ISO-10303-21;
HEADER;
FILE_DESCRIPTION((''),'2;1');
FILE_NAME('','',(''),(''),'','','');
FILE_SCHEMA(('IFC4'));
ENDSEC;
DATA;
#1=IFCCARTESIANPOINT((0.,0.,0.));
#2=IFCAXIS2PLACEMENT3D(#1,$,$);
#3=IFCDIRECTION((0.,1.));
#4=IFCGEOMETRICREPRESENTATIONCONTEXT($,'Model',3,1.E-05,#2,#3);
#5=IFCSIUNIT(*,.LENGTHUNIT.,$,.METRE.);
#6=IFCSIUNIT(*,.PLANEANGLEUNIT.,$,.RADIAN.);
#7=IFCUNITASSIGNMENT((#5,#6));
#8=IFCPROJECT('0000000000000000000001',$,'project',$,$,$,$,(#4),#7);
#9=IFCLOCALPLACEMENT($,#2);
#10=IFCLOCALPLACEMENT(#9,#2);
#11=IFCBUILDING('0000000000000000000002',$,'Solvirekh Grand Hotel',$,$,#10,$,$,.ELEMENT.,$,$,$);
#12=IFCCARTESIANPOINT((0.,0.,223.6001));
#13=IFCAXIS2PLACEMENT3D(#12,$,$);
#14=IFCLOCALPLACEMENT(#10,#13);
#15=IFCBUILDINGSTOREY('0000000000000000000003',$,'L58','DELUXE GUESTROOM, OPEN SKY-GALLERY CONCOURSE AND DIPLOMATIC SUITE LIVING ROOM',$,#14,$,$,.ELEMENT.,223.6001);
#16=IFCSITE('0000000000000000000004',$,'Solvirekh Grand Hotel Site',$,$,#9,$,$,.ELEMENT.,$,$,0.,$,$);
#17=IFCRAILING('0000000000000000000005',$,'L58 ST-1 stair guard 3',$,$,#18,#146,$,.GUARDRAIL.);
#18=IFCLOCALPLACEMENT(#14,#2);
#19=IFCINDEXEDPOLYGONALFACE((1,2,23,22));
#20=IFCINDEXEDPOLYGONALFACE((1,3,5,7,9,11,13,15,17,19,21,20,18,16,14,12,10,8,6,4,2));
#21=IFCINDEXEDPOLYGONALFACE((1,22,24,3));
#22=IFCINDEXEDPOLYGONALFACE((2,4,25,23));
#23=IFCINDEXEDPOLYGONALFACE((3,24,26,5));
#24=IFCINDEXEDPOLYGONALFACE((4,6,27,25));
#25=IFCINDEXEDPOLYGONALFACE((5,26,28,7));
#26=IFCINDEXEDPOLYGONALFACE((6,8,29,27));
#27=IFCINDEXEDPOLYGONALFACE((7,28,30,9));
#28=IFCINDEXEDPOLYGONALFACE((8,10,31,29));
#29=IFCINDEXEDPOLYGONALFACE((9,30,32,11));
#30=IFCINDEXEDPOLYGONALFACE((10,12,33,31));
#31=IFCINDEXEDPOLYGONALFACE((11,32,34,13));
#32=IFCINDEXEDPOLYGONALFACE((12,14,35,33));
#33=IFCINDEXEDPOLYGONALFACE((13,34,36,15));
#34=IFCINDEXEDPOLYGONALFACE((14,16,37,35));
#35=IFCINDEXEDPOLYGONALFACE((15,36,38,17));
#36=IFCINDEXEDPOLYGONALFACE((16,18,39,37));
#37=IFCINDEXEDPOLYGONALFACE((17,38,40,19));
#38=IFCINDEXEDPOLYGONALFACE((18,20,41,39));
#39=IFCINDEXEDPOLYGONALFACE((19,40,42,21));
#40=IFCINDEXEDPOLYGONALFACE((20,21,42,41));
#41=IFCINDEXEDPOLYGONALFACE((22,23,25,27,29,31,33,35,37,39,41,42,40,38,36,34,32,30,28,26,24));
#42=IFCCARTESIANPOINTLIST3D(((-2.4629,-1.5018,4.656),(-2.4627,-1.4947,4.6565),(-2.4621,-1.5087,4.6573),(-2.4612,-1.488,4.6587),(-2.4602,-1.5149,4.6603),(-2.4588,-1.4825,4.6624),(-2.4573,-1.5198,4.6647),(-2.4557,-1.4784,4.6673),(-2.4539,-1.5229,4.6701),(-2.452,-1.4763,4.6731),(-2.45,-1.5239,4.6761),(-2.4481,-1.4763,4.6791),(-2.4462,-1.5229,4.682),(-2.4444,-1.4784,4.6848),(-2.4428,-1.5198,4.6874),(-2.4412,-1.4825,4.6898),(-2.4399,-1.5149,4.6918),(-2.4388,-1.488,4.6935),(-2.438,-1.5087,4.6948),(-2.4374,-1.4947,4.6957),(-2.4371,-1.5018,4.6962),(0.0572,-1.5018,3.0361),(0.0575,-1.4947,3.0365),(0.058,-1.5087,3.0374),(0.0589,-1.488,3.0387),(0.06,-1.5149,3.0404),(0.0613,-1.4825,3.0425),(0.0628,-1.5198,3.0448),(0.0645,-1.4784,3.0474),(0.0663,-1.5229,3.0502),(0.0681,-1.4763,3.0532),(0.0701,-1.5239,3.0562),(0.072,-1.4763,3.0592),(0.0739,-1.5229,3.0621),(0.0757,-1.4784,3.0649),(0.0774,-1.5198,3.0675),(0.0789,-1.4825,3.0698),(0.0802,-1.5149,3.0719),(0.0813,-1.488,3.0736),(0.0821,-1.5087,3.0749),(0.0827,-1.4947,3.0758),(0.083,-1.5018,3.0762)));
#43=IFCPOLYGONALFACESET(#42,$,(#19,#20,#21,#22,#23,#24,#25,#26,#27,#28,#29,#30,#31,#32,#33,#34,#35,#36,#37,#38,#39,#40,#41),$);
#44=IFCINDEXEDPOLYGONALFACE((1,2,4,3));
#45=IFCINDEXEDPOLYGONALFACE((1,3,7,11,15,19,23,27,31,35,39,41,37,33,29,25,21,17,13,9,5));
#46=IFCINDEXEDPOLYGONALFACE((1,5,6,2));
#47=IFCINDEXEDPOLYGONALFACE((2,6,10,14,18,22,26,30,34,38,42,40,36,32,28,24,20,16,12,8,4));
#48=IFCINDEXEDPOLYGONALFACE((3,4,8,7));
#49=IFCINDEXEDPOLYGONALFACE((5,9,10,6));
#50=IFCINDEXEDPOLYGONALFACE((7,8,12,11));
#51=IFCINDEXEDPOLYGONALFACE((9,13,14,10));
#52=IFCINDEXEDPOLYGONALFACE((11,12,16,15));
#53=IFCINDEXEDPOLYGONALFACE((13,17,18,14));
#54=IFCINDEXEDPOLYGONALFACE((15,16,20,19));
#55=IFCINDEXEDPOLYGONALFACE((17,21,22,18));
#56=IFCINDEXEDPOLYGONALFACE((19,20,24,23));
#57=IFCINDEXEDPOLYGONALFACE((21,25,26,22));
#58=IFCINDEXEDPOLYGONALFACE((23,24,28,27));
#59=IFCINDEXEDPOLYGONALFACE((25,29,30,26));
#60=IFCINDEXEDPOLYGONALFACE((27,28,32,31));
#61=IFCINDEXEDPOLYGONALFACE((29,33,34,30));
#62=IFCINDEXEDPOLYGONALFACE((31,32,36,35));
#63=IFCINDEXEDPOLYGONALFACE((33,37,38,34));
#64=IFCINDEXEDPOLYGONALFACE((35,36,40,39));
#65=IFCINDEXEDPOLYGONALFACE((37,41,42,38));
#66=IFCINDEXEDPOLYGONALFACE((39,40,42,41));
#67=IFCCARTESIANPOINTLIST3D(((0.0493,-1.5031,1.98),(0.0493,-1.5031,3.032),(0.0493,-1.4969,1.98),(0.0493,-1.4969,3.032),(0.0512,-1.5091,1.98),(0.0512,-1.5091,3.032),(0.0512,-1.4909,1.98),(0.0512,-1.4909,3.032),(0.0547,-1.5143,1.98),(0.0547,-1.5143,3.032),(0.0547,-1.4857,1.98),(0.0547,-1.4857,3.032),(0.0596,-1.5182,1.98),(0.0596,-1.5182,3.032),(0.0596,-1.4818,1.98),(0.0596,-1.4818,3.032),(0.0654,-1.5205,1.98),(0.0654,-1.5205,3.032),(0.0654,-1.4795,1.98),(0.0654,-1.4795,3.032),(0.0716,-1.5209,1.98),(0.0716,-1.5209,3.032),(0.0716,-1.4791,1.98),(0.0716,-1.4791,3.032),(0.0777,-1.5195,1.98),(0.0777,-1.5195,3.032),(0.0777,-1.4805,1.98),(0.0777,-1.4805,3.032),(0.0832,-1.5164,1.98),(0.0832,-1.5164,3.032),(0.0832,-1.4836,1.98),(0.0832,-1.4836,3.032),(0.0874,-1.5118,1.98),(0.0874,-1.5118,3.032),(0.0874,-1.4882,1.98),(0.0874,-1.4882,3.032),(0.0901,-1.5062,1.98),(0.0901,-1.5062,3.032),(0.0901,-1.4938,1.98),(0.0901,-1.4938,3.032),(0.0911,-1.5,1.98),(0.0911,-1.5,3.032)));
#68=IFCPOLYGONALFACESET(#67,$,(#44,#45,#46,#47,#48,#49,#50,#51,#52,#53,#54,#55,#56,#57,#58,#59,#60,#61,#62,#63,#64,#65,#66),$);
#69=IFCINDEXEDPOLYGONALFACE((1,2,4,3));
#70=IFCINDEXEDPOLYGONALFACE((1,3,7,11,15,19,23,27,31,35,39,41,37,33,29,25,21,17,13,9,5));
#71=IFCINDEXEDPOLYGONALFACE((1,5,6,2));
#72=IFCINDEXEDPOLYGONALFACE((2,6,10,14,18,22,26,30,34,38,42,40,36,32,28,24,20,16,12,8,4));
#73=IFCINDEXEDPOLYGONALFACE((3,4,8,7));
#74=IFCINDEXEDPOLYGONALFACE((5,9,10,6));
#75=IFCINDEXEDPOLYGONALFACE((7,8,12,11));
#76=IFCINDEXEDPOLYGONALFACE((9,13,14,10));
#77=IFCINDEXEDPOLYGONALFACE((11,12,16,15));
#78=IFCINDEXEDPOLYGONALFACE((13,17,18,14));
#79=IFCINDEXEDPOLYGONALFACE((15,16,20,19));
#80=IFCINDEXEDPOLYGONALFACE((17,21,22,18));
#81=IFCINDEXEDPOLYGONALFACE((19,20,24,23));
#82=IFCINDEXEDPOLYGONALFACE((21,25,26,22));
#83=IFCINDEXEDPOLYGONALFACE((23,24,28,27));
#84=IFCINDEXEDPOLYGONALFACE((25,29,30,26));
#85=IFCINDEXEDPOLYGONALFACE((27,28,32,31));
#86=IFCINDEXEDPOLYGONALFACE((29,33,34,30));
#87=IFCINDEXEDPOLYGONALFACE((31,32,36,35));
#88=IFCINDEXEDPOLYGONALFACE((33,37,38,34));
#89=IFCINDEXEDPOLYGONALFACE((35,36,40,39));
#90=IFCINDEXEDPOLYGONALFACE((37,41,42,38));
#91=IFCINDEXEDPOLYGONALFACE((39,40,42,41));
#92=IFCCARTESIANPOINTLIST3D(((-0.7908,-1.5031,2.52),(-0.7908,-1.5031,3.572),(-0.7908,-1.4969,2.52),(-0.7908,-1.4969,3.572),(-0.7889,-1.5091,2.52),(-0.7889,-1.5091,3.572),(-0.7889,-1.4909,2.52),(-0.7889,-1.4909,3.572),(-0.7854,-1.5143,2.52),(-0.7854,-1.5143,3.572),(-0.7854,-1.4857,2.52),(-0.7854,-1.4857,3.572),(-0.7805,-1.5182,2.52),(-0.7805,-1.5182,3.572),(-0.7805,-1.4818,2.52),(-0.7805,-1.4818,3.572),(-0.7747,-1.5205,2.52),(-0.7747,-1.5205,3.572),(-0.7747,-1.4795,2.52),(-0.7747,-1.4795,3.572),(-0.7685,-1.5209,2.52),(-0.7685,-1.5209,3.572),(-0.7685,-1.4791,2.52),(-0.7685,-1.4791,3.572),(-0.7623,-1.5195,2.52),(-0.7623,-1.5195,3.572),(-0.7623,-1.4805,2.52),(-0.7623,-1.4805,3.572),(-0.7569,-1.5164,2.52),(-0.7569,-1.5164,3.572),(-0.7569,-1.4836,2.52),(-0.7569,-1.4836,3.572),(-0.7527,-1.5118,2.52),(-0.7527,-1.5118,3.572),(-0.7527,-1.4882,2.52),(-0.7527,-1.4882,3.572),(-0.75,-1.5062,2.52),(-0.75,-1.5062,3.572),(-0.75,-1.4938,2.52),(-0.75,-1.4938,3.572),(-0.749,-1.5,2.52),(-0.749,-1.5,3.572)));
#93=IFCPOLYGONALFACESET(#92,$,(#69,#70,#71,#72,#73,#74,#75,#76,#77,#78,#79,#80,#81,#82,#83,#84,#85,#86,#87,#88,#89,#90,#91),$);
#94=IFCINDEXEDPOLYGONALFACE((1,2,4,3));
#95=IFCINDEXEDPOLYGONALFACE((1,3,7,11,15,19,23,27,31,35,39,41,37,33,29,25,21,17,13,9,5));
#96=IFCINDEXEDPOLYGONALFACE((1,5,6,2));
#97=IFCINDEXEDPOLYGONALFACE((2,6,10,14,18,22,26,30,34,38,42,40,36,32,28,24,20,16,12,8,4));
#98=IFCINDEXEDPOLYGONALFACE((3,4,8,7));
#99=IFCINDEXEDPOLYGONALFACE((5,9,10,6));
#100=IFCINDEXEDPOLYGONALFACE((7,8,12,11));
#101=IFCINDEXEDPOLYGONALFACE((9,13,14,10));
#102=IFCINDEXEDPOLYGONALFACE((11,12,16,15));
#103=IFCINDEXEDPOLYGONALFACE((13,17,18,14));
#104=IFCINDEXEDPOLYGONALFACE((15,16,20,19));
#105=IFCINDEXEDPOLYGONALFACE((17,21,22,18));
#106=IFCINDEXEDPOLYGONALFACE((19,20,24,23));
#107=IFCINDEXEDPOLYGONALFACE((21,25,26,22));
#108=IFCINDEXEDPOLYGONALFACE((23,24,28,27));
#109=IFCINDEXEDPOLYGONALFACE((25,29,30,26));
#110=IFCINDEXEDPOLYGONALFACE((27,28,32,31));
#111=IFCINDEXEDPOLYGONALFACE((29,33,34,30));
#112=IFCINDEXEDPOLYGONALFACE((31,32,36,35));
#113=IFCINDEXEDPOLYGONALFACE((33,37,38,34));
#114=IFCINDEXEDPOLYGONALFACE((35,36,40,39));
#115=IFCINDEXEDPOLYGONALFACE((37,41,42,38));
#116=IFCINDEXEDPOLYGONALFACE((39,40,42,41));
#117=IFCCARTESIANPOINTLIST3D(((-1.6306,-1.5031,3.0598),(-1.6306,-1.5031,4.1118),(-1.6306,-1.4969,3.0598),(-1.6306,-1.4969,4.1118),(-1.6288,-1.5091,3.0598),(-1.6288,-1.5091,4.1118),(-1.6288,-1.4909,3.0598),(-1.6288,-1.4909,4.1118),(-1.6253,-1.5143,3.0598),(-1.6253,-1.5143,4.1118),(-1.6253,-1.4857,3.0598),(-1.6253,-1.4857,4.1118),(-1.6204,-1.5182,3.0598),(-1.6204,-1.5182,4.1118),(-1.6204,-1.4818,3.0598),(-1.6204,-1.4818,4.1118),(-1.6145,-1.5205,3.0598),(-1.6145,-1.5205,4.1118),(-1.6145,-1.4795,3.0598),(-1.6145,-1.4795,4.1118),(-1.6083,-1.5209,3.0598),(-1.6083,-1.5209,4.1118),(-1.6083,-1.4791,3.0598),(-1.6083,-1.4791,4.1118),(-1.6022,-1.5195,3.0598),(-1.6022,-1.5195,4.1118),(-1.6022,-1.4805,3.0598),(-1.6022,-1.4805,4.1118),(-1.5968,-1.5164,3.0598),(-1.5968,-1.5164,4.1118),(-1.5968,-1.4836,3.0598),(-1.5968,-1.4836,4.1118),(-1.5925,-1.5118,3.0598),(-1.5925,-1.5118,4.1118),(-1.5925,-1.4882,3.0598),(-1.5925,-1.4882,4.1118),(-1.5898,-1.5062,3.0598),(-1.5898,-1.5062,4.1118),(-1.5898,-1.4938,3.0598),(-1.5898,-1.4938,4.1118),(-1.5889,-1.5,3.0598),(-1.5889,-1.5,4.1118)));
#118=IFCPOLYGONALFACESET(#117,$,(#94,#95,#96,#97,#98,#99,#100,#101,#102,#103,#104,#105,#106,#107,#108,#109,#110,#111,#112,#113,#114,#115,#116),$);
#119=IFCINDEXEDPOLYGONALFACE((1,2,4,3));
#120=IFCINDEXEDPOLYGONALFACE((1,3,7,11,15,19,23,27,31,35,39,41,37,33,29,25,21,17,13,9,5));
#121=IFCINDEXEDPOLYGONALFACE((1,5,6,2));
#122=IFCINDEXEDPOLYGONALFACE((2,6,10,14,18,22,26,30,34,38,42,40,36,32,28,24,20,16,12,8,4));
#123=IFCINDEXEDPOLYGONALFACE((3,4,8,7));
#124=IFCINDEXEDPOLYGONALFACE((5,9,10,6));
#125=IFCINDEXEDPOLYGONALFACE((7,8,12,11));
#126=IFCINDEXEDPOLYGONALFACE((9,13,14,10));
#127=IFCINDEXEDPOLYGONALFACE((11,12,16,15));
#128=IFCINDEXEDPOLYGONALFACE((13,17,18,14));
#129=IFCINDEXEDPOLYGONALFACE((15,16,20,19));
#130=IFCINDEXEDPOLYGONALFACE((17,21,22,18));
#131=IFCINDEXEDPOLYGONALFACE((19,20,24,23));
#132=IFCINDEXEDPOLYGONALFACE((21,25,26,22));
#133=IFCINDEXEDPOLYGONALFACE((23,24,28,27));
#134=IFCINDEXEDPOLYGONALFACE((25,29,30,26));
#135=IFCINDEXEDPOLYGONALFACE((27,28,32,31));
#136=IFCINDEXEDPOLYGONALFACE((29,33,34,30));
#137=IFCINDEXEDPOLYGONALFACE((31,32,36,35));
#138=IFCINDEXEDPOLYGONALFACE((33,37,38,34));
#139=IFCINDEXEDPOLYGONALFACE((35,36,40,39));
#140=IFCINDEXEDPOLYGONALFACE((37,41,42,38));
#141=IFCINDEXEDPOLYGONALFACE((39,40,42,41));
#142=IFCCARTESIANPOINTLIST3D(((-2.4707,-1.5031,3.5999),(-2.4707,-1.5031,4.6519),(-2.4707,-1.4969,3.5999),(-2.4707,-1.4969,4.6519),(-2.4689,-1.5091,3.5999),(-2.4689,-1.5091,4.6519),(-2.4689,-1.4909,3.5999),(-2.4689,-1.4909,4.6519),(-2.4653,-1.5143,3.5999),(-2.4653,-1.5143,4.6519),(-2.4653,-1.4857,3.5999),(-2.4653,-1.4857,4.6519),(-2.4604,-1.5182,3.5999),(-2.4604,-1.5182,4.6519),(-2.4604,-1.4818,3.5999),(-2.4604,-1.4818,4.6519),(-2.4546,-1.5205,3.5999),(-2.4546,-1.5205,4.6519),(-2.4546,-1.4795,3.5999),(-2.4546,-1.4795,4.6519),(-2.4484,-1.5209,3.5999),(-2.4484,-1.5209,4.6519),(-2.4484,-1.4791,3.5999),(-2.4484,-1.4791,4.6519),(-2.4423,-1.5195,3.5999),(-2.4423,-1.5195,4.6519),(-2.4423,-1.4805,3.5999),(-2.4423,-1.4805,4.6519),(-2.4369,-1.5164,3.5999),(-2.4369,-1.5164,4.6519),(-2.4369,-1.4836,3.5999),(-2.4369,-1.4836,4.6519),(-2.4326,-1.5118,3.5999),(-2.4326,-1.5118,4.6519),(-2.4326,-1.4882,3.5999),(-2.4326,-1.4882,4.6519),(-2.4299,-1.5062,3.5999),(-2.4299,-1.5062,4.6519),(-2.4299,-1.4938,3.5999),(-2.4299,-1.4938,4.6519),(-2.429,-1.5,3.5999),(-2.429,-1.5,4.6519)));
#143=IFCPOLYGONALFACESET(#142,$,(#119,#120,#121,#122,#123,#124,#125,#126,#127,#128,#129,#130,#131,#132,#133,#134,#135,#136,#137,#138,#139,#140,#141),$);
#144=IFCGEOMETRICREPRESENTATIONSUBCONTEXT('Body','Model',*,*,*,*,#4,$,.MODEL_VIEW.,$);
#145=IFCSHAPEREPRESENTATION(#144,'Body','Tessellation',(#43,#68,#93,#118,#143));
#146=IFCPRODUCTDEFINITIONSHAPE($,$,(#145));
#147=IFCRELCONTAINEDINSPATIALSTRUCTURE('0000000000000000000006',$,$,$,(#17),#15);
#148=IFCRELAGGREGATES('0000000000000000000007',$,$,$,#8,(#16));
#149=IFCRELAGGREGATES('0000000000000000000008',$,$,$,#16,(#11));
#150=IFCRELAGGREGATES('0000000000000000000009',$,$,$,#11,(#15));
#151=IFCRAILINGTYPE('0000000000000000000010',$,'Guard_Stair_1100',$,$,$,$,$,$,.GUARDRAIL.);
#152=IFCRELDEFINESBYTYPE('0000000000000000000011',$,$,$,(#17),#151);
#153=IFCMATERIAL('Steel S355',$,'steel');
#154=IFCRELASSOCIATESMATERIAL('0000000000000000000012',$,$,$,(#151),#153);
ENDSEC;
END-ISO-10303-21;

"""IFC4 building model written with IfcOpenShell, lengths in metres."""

from ifc_helpers import new_model, si_unit, direction, frame, origin, origin_2d, place, context, subcontext, project, spatial, circle, extrude, material, type_object, element, save


model = new_model("IFC4")

# Units and contexts
model_context = context("Model", 3, precision=1e-05, world=origin(), true_north=direction((0.0, 1.0)))
body_context = subcontext(model_context, "Body", "Model", "MODEL_VIEW")
ifc_project = project(units=[si_unit("LENGTHUNIT", "METRE"), si_unit("PLANEANGLEUNIT", "RADIAN")], contexts=[model_context])

# Site, building, storey
site_placement = place(None, origin())
site = spatial("IfcSite", under=ifc_project, at=site_placement, Name="Solvirekh Grand Hotel Site", CompositionType="ELEMENT", RefElevation=0.0)
building_placement = place(site_placement, origin())
building = spatial("IfcBuilding", under=site, at=building_placement, Name="Solvirekh Grand Hotel", CompositionType="ELEMENT")
storey_placement = place(building_placement, frame((0.0, 0.0, 223.6001)))
storey = spatial("IfcBuildingStorey", under=building, at=storey_placement, Name="L58", Description="DELUXE GUESTROOM, OPEN SKY-GALLERY CONCOURSE AND DIPLOMATIC SUITE LIVING ROOM", CompositionType="ELEMENT", Elevation=223.6001)

# Railing
ifc_material_1 = material(Name="Steel S355", Category="steel")
railing_type_1 = type_object("IfcRailingType", Name="Guard_Stair_1100", PredefinedType="GUARDRAIL", material=ifc_material_1)
railing_1_placement = place(storey_placement, frame((0.0701, -1.5, 1.98)))
element("IfcRailing", 1, at=railing_1_placement, inside=storey, type_object=railing_type_1, Name="L58 ST-1 stair guard 3", PredefinedType="GUARDRAIL", context=body_context, shape_type="SweptSolid", body=[
    extrude(circle(Radius=0.0239, at=origin_2d()), frame((0.0, 0.0, 1.0762), z_axis=(-0.8412, 0.0, 0.540725), x_axis=(0.0, -1.0, 0.0)), (0.0, 0.0, 1.0), 2.9958),
    extrude(circle(Radius=0.021, at=origin_2d()), origin(), (0.0, 0.0, 1.0), 1.052),
    extrude(circle(Radius=0.021, at=origin_2d()), frame((-0.8401, 0.0, 0.54)), (0.0, 0.0, 1.0), 1.052),
    extrude(circle(Radius=0.021, at=origin_2d()), frame((-1.6799, 0.0, 1.0798)), (0.0, 0.0, 1.0), 1.052),
    extrude(circle(Radius=0.021, at=origin_2d()), frame((-2.52, 0.0, 1.6199)), (0.0, 0.0, 1.0), 1.052),
])

save(model, "model.ifc")
